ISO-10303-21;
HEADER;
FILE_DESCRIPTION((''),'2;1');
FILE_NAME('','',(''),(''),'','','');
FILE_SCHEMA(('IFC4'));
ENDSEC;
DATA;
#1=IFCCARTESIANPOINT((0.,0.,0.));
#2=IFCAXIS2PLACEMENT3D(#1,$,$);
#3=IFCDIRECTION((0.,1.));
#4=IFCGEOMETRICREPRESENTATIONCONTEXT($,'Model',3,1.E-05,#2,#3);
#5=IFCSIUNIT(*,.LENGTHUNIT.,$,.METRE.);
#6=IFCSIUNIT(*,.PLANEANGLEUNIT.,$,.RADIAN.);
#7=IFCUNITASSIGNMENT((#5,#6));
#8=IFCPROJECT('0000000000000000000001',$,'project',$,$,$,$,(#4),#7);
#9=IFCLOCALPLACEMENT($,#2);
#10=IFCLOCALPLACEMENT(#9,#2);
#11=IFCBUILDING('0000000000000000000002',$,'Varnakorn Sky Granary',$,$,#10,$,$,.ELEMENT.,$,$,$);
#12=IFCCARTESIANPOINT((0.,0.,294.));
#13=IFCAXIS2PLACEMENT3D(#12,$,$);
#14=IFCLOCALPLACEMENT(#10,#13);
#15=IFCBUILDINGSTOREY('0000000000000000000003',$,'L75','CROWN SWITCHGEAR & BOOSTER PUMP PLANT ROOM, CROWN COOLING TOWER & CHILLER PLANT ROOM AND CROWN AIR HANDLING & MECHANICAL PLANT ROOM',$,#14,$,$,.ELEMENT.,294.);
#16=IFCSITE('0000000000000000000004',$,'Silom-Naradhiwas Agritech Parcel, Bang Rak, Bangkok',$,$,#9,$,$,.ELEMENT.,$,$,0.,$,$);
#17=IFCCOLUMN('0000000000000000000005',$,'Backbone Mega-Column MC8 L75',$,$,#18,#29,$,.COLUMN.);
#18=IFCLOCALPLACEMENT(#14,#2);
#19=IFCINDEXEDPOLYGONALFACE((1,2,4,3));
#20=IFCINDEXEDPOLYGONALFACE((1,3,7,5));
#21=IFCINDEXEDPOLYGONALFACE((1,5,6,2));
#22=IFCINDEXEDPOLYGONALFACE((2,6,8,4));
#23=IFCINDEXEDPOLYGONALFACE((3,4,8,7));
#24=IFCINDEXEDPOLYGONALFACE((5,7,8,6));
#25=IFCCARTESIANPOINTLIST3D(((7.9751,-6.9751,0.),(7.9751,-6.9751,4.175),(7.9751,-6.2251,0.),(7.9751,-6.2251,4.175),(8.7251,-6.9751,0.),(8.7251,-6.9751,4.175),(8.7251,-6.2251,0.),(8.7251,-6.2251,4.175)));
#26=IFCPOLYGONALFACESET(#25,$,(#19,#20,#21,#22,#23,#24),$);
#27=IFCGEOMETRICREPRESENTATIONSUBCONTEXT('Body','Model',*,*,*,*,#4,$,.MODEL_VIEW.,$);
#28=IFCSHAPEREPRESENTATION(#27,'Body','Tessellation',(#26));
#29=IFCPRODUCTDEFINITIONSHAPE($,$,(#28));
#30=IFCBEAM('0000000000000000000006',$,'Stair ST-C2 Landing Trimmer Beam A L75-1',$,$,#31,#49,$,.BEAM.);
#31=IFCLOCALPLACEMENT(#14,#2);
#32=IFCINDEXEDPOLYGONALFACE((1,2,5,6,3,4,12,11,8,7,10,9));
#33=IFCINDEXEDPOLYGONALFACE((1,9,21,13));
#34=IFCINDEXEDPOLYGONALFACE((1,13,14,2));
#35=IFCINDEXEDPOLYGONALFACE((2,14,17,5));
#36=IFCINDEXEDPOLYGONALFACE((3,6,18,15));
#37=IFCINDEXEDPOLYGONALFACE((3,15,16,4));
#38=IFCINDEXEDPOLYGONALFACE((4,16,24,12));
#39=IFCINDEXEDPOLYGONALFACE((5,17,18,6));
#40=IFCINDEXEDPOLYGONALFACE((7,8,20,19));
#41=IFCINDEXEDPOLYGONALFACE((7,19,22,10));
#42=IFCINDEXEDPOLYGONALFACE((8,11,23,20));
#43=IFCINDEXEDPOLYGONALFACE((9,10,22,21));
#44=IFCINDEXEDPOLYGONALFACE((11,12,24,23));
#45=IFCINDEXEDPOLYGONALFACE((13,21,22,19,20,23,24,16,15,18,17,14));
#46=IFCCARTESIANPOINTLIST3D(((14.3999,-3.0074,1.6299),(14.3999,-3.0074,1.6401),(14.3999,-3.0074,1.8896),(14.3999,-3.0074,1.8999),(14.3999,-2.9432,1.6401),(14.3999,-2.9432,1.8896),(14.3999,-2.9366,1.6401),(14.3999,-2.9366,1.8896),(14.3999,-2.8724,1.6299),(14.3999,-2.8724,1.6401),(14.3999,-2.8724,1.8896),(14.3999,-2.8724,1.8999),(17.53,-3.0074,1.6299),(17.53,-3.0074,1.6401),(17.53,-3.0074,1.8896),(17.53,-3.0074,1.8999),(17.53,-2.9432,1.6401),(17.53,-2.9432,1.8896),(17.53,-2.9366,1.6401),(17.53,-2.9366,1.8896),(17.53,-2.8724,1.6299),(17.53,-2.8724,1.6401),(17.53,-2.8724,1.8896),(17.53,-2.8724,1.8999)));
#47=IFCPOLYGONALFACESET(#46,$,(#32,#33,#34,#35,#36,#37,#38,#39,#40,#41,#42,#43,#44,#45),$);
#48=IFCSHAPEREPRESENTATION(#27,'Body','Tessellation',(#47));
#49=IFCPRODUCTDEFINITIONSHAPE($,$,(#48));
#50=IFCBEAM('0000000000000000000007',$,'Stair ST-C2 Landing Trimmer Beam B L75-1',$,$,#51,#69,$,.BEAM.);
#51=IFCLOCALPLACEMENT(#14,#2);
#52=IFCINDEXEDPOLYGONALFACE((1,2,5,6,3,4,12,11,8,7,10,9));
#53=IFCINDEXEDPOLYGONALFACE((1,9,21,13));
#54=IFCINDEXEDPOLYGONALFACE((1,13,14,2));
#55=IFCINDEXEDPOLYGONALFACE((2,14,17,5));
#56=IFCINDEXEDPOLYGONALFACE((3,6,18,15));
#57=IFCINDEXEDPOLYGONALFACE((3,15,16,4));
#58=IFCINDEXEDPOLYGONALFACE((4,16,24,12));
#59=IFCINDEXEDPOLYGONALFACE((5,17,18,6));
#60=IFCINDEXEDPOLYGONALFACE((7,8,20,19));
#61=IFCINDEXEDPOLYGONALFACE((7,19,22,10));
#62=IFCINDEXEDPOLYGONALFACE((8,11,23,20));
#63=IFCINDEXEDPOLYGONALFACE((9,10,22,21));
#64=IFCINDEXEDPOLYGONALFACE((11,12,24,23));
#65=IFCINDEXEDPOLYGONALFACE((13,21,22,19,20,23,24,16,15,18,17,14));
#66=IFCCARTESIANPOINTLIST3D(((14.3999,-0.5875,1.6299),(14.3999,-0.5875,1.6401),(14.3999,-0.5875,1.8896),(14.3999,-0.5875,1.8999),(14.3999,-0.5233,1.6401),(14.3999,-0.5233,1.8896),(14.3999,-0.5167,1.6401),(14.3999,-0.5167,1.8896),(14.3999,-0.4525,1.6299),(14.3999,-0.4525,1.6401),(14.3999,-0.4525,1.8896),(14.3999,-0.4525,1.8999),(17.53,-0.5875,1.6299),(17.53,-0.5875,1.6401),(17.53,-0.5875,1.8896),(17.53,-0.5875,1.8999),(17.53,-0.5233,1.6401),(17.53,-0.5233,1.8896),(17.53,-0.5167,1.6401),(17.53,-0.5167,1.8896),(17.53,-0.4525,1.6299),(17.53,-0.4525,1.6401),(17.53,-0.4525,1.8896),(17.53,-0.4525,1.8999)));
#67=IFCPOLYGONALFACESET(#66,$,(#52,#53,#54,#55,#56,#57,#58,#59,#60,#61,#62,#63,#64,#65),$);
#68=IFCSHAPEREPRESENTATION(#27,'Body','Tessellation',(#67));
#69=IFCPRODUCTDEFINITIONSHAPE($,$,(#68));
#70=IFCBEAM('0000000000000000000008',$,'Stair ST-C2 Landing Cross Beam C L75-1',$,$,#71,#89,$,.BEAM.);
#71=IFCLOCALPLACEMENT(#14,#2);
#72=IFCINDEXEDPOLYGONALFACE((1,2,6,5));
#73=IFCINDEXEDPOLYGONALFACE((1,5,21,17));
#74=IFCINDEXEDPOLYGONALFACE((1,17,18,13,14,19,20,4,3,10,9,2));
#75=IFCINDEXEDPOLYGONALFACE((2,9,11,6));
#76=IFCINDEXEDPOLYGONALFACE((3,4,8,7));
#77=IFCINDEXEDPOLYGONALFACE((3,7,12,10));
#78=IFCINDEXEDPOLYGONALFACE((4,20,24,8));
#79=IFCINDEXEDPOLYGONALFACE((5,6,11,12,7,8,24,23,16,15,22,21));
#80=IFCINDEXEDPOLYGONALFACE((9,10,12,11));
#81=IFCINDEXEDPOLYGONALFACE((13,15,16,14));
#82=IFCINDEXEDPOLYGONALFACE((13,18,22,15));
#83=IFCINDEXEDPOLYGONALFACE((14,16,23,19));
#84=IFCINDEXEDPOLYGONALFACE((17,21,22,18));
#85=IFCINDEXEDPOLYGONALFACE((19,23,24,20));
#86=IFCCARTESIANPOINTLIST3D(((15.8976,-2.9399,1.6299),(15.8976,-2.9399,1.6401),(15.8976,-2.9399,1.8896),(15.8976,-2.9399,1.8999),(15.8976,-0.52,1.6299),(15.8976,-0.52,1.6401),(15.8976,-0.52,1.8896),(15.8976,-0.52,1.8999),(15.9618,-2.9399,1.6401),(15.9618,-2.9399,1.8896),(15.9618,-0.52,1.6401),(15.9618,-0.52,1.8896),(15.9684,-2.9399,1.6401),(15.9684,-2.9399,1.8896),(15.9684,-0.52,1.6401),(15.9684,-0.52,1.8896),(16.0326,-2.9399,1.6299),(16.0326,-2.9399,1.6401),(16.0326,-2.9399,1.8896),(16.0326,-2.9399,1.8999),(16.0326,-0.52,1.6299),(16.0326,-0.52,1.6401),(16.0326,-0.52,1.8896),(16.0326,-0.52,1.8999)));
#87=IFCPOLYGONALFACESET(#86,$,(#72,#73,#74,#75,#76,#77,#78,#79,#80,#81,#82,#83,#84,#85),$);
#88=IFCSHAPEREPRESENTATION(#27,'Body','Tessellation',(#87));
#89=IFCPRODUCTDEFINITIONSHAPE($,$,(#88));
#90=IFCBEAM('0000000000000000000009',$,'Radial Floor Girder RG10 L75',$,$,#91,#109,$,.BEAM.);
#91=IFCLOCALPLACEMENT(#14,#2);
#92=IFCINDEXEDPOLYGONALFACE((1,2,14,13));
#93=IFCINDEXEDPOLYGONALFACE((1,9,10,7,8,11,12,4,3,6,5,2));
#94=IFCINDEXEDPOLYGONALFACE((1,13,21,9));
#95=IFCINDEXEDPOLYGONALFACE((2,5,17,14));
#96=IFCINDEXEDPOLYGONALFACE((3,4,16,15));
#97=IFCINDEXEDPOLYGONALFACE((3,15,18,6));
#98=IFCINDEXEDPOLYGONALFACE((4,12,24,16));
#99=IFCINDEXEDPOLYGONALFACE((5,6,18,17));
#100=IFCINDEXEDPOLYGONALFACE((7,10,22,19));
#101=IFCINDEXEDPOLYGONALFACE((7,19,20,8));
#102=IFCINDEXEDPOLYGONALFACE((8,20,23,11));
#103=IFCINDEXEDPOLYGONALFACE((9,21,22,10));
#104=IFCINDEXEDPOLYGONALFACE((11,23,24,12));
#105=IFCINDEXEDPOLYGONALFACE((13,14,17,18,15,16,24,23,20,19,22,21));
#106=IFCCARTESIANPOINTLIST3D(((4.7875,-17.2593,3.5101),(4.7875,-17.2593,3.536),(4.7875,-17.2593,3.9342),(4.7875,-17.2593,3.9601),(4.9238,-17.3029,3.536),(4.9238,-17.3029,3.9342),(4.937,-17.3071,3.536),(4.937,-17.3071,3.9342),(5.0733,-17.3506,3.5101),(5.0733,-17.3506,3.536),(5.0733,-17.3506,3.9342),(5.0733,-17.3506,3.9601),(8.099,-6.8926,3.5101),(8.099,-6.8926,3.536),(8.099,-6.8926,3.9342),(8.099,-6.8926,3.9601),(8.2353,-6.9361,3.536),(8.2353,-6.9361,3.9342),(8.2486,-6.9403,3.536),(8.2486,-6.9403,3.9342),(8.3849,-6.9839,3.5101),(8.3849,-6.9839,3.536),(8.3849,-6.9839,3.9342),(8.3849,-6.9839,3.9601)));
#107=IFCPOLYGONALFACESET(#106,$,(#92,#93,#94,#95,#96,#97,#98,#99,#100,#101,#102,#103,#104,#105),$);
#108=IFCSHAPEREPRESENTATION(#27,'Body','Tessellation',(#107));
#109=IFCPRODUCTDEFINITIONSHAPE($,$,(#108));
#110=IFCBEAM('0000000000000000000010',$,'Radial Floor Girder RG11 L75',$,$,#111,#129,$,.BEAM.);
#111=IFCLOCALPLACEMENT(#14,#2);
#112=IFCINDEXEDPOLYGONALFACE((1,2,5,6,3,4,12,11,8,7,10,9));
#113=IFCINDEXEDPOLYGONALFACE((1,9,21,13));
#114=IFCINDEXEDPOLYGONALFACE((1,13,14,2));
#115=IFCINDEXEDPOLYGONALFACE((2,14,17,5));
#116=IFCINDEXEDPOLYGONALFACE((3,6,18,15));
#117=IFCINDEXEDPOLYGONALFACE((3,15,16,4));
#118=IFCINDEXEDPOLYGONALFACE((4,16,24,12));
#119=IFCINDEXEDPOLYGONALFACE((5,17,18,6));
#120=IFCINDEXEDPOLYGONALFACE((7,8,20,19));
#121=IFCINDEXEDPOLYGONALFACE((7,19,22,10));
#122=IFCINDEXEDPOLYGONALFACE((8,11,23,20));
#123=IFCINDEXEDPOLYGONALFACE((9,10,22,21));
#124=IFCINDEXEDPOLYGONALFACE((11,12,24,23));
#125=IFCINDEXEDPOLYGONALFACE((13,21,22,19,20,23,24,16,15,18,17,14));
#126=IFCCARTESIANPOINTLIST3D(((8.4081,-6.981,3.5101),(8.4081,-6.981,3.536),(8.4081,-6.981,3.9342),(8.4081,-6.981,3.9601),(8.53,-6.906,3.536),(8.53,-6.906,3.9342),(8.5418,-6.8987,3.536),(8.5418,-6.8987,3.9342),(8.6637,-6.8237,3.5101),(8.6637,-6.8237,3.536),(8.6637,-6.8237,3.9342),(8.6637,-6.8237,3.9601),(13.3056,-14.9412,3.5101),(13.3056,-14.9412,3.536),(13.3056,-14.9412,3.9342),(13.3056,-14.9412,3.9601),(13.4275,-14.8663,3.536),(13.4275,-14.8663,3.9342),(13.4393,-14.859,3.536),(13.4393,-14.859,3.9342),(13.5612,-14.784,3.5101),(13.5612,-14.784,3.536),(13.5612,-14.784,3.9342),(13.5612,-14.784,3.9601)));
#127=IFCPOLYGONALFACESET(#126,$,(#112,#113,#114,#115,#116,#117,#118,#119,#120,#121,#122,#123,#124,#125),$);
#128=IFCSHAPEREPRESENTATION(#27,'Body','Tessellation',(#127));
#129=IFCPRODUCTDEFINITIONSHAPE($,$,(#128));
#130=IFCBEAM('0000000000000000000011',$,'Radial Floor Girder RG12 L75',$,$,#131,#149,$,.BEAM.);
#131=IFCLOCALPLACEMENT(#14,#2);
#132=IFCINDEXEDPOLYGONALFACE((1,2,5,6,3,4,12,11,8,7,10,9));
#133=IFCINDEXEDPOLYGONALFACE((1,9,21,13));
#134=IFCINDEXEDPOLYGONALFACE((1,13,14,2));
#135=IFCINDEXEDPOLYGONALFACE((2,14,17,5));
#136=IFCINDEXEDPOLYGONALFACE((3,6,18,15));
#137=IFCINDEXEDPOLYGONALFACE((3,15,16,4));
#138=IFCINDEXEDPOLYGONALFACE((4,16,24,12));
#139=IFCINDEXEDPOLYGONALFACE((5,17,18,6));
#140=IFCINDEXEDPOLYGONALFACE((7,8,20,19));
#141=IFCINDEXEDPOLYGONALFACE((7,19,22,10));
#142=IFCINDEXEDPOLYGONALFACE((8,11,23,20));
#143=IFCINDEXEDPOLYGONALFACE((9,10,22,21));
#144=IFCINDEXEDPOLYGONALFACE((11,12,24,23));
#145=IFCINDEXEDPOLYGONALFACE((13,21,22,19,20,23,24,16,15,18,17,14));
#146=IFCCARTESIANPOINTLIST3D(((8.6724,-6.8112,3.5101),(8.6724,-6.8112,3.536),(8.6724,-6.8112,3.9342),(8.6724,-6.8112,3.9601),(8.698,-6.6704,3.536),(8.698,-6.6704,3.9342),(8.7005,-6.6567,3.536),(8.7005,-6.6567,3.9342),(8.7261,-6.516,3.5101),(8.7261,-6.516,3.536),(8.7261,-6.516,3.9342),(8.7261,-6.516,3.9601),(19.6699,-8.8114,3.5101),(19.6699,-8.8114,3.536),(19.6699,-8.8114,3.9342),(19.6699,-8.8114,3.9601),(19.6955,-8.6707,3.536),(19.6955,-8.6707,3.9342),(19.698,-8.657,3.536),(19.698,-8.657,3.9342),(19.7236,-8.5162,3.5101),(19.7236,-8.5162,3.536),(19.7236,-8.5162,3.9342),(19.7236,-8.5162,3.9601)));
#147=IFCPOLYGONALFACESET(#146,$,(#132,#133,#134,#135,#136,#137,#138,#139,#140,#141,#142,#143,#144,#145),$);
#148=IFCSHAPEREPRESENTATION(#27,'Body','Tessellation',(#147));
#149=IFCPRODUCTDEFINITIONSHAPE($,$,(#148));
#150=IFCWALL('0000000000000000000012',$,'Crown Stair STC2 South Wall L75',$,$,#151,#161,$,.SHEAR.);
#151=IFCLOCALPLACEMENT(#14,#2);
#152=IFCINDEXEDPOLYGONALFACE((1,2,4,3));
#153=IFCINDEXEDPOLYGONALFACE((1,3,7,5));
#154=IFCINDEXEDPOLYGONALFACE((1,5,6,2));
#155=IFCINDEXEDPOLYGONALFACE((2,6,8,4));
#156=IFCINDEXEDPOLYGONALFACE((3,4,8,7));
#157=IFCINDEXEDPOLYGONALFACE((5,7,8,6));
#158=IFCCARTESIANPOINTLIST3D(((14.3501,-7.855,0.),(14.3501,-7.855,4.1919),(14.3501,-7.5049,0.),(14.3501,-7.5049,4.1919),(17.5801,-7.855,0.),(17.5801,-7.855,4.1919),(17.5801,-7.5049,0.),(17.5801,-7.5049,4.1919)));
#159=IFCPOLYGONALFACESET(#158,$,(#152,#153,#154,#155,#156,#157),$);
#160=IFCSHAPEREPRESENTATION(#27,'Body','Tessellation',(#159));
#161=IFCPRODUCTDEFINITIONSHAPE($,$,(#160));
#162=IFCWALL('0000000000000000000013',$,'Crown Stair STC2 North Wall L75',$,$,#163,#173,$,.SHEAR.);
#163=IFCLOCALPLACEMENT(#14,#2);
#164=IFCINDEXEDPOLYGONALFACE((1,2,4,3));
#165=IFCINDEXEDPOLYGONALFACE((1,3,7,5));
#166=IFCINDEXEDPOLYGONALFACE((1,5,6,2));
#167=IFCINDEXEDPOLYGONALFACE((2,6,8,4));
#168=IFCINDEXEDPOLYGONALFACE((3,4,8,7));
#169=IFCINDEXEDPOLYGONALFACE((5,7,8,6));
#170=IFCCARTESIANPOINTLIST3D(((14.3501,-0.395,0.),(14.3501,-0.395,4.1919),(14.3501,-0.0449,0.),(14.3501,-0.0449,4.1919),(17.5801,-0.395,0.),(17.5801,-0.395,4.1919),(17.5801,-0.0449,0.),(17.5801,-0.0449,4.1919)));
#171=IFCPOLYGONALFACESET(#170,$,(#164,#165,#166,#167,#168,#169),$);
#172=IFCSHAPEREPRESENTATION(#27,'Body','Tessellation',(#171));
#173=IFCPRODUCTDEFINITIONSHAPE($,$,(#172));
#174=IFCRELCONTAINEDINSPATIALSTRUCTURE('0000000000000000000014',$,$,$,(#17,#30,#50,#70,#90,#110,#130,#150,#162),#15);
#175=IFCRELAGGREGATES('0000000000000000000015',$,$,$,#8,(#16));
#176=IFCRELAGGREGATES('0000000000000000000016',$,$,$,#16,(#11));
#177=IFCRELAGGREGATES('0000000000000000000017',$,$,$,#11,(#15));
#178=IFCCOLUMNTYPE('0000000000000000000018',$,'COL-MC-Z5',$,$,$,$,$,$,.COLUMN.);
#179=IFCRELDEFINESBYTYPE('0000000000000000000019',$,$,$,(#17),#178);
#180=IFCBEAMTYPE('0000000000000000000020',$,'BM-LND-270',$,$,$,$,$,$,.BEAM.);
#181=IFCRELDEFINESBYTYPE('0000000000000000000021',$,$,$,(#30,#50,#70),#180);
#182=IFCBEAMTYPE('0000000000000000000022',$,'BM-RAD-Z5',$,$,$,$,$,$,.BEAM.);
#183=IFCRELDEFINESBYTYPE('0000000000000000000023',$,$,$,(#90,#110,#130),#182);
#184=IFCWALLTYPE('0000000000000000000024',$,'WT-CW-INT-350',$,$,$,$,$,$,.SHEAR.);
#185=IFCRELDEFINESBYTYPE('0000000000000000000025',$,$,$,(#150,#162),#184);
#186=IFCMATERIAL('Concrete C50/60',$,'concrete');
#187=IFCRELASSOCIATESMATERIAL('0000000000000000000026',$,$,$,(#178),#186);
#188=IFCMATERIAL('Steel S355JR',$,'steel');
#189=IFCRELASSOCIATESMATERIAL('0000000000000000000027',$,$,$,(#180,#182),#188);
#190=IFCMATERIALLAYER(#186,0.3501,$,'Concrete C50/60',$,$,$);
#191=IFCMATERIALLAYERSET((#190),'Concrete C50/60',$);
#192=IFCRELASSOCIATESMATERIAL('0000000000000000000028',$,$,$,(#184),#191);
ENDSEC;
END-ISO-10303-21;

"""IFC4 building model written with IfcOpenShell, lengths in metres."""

from ifc_helpers import new_model, si_unit, direction, frame, frame_2d, origin, origin_2d, place, context, subcontext, project, spatial, rectangle, i_section, extrude, material, layer, layer_set, material_profile, profile_set, type_object, element, save


model = new_model("IFC4")

# Units and contexts
model_context = context("Model", 3, precision=1e-05, world=origin(), true_north=direction((0.0, 1.0)))
body_context = subcontext(model_context, "Body", "Model", "MODEL_VIEW")
ifc_project = project(units=[si_unit("LENGTHUNIT", "METRE"), si_unit("PLANEANGLEUNIT", "RADIAN")], contexts=[model_context])

# Site, building, storey
site_placement = place(None, origin())
site = spatial("IfcSite", under=ifc_project, at=site_placement, Name="Silom-Naradhiwas Agritech Parcel, Bang Rak, Bangkok", CompositionType="ELEMENT", RefElevation=0.0)
building_placement = place(site_placement, origin())
building = spatial("IfcBuilding", under=site, at=building_placement, Name="Varnakorn Sky Granary", CompositionType="ELEMENT")
storey_placement = place(building_placement, frame((0.0, 0.0, 294.0)))
storey = spatial("IfcBuildingStorey", under=building, at=storey_placement, Name="L75", Description="CROWN SWITCHGEAR & BOOSTER PUMP PLANT ROOM, CROWN COOLING TOWER & CHILLER PLANT ROOM AND CROWN AIR HANDLING & MECHANICAL PLANT ROOM", CompositionType="ELEMENT", Elevation=294.0)

# Column
ifc_material_1 = material(Name="Concrete C50/60", Category="concrete")
ifc_material_profile_1 = material_profile(ifc_material_1, rectangle(XDim=0.75, YDim=0.75, at=origin_2d()), Name="RC 750x750")
ifc_profile_set_1 = profile_set([ifc_material_profile_1], Name="Concrete C50/60")
column_type = type_object("IfcColumnType", Name="COL-MC-Z5", PredefinedType="COLUMN", material=ifc_profile_set_1)
column_placement = place(storey_placement, frame((8.3501, -6.6001, 0.0), z_axis=(0.0, 0.0, 1.0), x_axis=(1.0, 0.0, 0.0)))
element("IfcColumn", 1, at=column_placement, inside=storey, type_object=column_type, Name="Backbone Mega-Column MC8 L75", PredefinedType="COLUMN", context=body_context, shape_type="SweptSolid", body=[
    extrude(rectangle(XDim=0.75, YDim=0.75, at=origin_2d()), origin(), (0.0, 0.0, 1.0), 4.175),
])

# Beams
ifc_material_2 = material(Name="Steel S355JR", Category="steel")
ifc_material_profile_2 = material_profile(ifc_material_2, i_section(OverallWidth=0.135, OverallDepth=0.27, WebThickness=0.0066, FlangeThickness=0.0103, at=origin_2d()), Name="IPE 270")
ifc_profile_set_2 = profile_set([ifc_material_profile_2], Name="Steel S355JR")
beam_type_1 = type_object("IfcBeamType", Name="BM-LND-270", PredefinedType="BEAM", material=ifc_profile_set_2)
for number, where, z_axis, x_axis, name in (
    (2, (14.3999, -2.9399, 1.7649), (1.0, 0.0, 0.0), (0.0, 1.0, 0.0), "Stair ST-C2 Landing Trimmer Beam A L75-1"),
    (3, (14.3999, -0.52, 1.7649), (1.0, 0.0, 0.0), (0.0, 1.0, 0.0), "Stair ST-C2 Landing Trimmer Beam B L75-1"),
):
    element("IfcBeam", number, at=place(storey_placement, frame(where, z_axis=z_axis, x_axis=x_axis)), inside=storey, type_object=beam_type_1, Name=name, PredefinedType="BEAM", context=body_context, shape_type="SweptSolid", body=[
        extrude(i_section(OverallWidth=0.135, OverallDepth=0.27, WebThickness=0.0066, FlangeThickness=0.0103, at=origin_2d()), origin(), (0.0, 0.0, 1.0), 3.1301),
    ])
beam_1_placement = place(storey_placement, frame((15.9651, -2.9399, 1.7649), z_axis=(0.0, 1.0, 0.0), x_axis=(-1.0, 0.0, 0.0)))
element("IfcBeam", 4, at=beam_1_placement, inside=storey, type_object=beam_type_1, Name="Stair ST-C2 Landing Cross Beam C L75-1", PredefinedType="BEAM", context=body_context, shape_type="SweptSolid", body=[
    extrude(i_section(OverallWidth=0.135, OverallDepth=0.27, WebThickness=0.0066, FlangeThickness=0.0103, at=origin_2d()), origin(), (0.0, 0.0, 1.0), 2.4199),
])
ifc_material_profile_3 = material_profile(ifc_material_2, i_section(OverallWidth=0.3, OverallDepth=0.45, WebThickness=0.0139, FlangeThickness=0.0259, at=origin_2d()), Name="HE 450 B")
ifc_profile_set_3 = profile_set([ifc_material_profile_3], Name="Steel S355JR")
beam_type_2 = type_object("IfcBeamType", Name="BM-RAD-Z5", PredefinedType="BEAM", material=ifc_profile_set_3)
beam_2_placement = place(storey_placement, frame((8.2419, -6.9382, 3.7351), z_axis=(-0.304291, -0.952579, 0.0), x_axis=(0.952579, -0.304291, 0.0)))
element("IfcBeam", 5, at=beam_2_placement, inside=storey, type_object=beam_type_2, Name="Radial Floor Girder RG10 L75", PredefinedType="BEAM", context=body_context, shape_type="SweptSolid", body=[
    extrude(i_section(OverallWidth=0.3, OverallDepth=0.45, WebThickness=0.0139, FlangeThickness=0.0259, at=origin_2d()), origin(), (0.0, 0.0, 1.0), 10.8828),
])
beam_3_placement = place(storey_placement, frame((8.5359, -6.9023, 3.7351), z_axis=(0.52401, -0.851712, 0.0), x_axis=(0.851712, 0.52401, 0.0)))
element("IfcBeam", 6, at=beam_3_placement, inside=storey, type_object=beam_type_2, Name="Radial Floor Girder RG11 L75", PredefinedType="BEAM", context=body_context, shape_type="SweptSolid", body=[
    extrude(i_section(OverallWidth=0.3, OverallDepth=0.45, WebThickness=0.0139, FlangeThickness=0.0259, at=origin_2d()), origin(), (0.0, 0.0, 1.0), 9.3462),
])
beam_4_placement = place(storey_placement, frame((8.6992, -6.6636, 3.7351), z_axis=(0.983859, -0.178945, 0.0), x_axis=(0.178945, 0.983859, 0.0)))
element("IfcBeam", 7, at=beam_4_placement, inside=storey, type_object=beam_type_2, Name="Radial Floor Girder RG12 L75", PredefinedType="BEAM", context=body_context, shape_type="SweptSolid", body=[
    extrude(i_section(OverallWidth=0.3, OverallDepth=0.45, WebThickness=0.0139, FlangeThickness=0.0259, at=origin_2d()), origin(), (0.0, 0.0, 1.0), 11.178),
])

# Walls
ifc_layer_1 = layer(ifc_material_1, 0.3501, Name="Concrete C50/60")
ifc_layer_set_1 = layer_set([ifc_layer_1], Name="Concrete C50/60")
wall_type_1 = type_object("IfcWallType", Name="WT-CW-INT-350", PredefinedType="SHEAR", material=ifc_layer_set_1)
for number, where, z_axis, x_axis, name in (
    (8, (14.3501, -7.6799, 0.0), (0.0, 0.0, 1.0), (1.0, 0.0, 0.0), "Crown Stair STC2 South Wall L75"),
    (9, (14.3501, -0.22, 0.0), (0.0, 0.0, 1.0), (1.0, 0.0, 0.0), "Crown Stair STC2 North Wall L75"),
):
    element("IfcWall", number, at=place(storey_placement, frame(where, z_axis=z_axis, x_axis=x_axis)), inside=storey, type_object=wall_type_1, Name=name, PredefinedType="SHEAR", context=body_context, shape_type="SweptSolid", body=[
        extrude(rectangle(XDim=3.23, YDim=0.3501, at=frame_2d((1.615, 0.0))), origin(), (0.0, 0.0, 1.0), 4.1919),
    ])

save(model, "model.ifc")
